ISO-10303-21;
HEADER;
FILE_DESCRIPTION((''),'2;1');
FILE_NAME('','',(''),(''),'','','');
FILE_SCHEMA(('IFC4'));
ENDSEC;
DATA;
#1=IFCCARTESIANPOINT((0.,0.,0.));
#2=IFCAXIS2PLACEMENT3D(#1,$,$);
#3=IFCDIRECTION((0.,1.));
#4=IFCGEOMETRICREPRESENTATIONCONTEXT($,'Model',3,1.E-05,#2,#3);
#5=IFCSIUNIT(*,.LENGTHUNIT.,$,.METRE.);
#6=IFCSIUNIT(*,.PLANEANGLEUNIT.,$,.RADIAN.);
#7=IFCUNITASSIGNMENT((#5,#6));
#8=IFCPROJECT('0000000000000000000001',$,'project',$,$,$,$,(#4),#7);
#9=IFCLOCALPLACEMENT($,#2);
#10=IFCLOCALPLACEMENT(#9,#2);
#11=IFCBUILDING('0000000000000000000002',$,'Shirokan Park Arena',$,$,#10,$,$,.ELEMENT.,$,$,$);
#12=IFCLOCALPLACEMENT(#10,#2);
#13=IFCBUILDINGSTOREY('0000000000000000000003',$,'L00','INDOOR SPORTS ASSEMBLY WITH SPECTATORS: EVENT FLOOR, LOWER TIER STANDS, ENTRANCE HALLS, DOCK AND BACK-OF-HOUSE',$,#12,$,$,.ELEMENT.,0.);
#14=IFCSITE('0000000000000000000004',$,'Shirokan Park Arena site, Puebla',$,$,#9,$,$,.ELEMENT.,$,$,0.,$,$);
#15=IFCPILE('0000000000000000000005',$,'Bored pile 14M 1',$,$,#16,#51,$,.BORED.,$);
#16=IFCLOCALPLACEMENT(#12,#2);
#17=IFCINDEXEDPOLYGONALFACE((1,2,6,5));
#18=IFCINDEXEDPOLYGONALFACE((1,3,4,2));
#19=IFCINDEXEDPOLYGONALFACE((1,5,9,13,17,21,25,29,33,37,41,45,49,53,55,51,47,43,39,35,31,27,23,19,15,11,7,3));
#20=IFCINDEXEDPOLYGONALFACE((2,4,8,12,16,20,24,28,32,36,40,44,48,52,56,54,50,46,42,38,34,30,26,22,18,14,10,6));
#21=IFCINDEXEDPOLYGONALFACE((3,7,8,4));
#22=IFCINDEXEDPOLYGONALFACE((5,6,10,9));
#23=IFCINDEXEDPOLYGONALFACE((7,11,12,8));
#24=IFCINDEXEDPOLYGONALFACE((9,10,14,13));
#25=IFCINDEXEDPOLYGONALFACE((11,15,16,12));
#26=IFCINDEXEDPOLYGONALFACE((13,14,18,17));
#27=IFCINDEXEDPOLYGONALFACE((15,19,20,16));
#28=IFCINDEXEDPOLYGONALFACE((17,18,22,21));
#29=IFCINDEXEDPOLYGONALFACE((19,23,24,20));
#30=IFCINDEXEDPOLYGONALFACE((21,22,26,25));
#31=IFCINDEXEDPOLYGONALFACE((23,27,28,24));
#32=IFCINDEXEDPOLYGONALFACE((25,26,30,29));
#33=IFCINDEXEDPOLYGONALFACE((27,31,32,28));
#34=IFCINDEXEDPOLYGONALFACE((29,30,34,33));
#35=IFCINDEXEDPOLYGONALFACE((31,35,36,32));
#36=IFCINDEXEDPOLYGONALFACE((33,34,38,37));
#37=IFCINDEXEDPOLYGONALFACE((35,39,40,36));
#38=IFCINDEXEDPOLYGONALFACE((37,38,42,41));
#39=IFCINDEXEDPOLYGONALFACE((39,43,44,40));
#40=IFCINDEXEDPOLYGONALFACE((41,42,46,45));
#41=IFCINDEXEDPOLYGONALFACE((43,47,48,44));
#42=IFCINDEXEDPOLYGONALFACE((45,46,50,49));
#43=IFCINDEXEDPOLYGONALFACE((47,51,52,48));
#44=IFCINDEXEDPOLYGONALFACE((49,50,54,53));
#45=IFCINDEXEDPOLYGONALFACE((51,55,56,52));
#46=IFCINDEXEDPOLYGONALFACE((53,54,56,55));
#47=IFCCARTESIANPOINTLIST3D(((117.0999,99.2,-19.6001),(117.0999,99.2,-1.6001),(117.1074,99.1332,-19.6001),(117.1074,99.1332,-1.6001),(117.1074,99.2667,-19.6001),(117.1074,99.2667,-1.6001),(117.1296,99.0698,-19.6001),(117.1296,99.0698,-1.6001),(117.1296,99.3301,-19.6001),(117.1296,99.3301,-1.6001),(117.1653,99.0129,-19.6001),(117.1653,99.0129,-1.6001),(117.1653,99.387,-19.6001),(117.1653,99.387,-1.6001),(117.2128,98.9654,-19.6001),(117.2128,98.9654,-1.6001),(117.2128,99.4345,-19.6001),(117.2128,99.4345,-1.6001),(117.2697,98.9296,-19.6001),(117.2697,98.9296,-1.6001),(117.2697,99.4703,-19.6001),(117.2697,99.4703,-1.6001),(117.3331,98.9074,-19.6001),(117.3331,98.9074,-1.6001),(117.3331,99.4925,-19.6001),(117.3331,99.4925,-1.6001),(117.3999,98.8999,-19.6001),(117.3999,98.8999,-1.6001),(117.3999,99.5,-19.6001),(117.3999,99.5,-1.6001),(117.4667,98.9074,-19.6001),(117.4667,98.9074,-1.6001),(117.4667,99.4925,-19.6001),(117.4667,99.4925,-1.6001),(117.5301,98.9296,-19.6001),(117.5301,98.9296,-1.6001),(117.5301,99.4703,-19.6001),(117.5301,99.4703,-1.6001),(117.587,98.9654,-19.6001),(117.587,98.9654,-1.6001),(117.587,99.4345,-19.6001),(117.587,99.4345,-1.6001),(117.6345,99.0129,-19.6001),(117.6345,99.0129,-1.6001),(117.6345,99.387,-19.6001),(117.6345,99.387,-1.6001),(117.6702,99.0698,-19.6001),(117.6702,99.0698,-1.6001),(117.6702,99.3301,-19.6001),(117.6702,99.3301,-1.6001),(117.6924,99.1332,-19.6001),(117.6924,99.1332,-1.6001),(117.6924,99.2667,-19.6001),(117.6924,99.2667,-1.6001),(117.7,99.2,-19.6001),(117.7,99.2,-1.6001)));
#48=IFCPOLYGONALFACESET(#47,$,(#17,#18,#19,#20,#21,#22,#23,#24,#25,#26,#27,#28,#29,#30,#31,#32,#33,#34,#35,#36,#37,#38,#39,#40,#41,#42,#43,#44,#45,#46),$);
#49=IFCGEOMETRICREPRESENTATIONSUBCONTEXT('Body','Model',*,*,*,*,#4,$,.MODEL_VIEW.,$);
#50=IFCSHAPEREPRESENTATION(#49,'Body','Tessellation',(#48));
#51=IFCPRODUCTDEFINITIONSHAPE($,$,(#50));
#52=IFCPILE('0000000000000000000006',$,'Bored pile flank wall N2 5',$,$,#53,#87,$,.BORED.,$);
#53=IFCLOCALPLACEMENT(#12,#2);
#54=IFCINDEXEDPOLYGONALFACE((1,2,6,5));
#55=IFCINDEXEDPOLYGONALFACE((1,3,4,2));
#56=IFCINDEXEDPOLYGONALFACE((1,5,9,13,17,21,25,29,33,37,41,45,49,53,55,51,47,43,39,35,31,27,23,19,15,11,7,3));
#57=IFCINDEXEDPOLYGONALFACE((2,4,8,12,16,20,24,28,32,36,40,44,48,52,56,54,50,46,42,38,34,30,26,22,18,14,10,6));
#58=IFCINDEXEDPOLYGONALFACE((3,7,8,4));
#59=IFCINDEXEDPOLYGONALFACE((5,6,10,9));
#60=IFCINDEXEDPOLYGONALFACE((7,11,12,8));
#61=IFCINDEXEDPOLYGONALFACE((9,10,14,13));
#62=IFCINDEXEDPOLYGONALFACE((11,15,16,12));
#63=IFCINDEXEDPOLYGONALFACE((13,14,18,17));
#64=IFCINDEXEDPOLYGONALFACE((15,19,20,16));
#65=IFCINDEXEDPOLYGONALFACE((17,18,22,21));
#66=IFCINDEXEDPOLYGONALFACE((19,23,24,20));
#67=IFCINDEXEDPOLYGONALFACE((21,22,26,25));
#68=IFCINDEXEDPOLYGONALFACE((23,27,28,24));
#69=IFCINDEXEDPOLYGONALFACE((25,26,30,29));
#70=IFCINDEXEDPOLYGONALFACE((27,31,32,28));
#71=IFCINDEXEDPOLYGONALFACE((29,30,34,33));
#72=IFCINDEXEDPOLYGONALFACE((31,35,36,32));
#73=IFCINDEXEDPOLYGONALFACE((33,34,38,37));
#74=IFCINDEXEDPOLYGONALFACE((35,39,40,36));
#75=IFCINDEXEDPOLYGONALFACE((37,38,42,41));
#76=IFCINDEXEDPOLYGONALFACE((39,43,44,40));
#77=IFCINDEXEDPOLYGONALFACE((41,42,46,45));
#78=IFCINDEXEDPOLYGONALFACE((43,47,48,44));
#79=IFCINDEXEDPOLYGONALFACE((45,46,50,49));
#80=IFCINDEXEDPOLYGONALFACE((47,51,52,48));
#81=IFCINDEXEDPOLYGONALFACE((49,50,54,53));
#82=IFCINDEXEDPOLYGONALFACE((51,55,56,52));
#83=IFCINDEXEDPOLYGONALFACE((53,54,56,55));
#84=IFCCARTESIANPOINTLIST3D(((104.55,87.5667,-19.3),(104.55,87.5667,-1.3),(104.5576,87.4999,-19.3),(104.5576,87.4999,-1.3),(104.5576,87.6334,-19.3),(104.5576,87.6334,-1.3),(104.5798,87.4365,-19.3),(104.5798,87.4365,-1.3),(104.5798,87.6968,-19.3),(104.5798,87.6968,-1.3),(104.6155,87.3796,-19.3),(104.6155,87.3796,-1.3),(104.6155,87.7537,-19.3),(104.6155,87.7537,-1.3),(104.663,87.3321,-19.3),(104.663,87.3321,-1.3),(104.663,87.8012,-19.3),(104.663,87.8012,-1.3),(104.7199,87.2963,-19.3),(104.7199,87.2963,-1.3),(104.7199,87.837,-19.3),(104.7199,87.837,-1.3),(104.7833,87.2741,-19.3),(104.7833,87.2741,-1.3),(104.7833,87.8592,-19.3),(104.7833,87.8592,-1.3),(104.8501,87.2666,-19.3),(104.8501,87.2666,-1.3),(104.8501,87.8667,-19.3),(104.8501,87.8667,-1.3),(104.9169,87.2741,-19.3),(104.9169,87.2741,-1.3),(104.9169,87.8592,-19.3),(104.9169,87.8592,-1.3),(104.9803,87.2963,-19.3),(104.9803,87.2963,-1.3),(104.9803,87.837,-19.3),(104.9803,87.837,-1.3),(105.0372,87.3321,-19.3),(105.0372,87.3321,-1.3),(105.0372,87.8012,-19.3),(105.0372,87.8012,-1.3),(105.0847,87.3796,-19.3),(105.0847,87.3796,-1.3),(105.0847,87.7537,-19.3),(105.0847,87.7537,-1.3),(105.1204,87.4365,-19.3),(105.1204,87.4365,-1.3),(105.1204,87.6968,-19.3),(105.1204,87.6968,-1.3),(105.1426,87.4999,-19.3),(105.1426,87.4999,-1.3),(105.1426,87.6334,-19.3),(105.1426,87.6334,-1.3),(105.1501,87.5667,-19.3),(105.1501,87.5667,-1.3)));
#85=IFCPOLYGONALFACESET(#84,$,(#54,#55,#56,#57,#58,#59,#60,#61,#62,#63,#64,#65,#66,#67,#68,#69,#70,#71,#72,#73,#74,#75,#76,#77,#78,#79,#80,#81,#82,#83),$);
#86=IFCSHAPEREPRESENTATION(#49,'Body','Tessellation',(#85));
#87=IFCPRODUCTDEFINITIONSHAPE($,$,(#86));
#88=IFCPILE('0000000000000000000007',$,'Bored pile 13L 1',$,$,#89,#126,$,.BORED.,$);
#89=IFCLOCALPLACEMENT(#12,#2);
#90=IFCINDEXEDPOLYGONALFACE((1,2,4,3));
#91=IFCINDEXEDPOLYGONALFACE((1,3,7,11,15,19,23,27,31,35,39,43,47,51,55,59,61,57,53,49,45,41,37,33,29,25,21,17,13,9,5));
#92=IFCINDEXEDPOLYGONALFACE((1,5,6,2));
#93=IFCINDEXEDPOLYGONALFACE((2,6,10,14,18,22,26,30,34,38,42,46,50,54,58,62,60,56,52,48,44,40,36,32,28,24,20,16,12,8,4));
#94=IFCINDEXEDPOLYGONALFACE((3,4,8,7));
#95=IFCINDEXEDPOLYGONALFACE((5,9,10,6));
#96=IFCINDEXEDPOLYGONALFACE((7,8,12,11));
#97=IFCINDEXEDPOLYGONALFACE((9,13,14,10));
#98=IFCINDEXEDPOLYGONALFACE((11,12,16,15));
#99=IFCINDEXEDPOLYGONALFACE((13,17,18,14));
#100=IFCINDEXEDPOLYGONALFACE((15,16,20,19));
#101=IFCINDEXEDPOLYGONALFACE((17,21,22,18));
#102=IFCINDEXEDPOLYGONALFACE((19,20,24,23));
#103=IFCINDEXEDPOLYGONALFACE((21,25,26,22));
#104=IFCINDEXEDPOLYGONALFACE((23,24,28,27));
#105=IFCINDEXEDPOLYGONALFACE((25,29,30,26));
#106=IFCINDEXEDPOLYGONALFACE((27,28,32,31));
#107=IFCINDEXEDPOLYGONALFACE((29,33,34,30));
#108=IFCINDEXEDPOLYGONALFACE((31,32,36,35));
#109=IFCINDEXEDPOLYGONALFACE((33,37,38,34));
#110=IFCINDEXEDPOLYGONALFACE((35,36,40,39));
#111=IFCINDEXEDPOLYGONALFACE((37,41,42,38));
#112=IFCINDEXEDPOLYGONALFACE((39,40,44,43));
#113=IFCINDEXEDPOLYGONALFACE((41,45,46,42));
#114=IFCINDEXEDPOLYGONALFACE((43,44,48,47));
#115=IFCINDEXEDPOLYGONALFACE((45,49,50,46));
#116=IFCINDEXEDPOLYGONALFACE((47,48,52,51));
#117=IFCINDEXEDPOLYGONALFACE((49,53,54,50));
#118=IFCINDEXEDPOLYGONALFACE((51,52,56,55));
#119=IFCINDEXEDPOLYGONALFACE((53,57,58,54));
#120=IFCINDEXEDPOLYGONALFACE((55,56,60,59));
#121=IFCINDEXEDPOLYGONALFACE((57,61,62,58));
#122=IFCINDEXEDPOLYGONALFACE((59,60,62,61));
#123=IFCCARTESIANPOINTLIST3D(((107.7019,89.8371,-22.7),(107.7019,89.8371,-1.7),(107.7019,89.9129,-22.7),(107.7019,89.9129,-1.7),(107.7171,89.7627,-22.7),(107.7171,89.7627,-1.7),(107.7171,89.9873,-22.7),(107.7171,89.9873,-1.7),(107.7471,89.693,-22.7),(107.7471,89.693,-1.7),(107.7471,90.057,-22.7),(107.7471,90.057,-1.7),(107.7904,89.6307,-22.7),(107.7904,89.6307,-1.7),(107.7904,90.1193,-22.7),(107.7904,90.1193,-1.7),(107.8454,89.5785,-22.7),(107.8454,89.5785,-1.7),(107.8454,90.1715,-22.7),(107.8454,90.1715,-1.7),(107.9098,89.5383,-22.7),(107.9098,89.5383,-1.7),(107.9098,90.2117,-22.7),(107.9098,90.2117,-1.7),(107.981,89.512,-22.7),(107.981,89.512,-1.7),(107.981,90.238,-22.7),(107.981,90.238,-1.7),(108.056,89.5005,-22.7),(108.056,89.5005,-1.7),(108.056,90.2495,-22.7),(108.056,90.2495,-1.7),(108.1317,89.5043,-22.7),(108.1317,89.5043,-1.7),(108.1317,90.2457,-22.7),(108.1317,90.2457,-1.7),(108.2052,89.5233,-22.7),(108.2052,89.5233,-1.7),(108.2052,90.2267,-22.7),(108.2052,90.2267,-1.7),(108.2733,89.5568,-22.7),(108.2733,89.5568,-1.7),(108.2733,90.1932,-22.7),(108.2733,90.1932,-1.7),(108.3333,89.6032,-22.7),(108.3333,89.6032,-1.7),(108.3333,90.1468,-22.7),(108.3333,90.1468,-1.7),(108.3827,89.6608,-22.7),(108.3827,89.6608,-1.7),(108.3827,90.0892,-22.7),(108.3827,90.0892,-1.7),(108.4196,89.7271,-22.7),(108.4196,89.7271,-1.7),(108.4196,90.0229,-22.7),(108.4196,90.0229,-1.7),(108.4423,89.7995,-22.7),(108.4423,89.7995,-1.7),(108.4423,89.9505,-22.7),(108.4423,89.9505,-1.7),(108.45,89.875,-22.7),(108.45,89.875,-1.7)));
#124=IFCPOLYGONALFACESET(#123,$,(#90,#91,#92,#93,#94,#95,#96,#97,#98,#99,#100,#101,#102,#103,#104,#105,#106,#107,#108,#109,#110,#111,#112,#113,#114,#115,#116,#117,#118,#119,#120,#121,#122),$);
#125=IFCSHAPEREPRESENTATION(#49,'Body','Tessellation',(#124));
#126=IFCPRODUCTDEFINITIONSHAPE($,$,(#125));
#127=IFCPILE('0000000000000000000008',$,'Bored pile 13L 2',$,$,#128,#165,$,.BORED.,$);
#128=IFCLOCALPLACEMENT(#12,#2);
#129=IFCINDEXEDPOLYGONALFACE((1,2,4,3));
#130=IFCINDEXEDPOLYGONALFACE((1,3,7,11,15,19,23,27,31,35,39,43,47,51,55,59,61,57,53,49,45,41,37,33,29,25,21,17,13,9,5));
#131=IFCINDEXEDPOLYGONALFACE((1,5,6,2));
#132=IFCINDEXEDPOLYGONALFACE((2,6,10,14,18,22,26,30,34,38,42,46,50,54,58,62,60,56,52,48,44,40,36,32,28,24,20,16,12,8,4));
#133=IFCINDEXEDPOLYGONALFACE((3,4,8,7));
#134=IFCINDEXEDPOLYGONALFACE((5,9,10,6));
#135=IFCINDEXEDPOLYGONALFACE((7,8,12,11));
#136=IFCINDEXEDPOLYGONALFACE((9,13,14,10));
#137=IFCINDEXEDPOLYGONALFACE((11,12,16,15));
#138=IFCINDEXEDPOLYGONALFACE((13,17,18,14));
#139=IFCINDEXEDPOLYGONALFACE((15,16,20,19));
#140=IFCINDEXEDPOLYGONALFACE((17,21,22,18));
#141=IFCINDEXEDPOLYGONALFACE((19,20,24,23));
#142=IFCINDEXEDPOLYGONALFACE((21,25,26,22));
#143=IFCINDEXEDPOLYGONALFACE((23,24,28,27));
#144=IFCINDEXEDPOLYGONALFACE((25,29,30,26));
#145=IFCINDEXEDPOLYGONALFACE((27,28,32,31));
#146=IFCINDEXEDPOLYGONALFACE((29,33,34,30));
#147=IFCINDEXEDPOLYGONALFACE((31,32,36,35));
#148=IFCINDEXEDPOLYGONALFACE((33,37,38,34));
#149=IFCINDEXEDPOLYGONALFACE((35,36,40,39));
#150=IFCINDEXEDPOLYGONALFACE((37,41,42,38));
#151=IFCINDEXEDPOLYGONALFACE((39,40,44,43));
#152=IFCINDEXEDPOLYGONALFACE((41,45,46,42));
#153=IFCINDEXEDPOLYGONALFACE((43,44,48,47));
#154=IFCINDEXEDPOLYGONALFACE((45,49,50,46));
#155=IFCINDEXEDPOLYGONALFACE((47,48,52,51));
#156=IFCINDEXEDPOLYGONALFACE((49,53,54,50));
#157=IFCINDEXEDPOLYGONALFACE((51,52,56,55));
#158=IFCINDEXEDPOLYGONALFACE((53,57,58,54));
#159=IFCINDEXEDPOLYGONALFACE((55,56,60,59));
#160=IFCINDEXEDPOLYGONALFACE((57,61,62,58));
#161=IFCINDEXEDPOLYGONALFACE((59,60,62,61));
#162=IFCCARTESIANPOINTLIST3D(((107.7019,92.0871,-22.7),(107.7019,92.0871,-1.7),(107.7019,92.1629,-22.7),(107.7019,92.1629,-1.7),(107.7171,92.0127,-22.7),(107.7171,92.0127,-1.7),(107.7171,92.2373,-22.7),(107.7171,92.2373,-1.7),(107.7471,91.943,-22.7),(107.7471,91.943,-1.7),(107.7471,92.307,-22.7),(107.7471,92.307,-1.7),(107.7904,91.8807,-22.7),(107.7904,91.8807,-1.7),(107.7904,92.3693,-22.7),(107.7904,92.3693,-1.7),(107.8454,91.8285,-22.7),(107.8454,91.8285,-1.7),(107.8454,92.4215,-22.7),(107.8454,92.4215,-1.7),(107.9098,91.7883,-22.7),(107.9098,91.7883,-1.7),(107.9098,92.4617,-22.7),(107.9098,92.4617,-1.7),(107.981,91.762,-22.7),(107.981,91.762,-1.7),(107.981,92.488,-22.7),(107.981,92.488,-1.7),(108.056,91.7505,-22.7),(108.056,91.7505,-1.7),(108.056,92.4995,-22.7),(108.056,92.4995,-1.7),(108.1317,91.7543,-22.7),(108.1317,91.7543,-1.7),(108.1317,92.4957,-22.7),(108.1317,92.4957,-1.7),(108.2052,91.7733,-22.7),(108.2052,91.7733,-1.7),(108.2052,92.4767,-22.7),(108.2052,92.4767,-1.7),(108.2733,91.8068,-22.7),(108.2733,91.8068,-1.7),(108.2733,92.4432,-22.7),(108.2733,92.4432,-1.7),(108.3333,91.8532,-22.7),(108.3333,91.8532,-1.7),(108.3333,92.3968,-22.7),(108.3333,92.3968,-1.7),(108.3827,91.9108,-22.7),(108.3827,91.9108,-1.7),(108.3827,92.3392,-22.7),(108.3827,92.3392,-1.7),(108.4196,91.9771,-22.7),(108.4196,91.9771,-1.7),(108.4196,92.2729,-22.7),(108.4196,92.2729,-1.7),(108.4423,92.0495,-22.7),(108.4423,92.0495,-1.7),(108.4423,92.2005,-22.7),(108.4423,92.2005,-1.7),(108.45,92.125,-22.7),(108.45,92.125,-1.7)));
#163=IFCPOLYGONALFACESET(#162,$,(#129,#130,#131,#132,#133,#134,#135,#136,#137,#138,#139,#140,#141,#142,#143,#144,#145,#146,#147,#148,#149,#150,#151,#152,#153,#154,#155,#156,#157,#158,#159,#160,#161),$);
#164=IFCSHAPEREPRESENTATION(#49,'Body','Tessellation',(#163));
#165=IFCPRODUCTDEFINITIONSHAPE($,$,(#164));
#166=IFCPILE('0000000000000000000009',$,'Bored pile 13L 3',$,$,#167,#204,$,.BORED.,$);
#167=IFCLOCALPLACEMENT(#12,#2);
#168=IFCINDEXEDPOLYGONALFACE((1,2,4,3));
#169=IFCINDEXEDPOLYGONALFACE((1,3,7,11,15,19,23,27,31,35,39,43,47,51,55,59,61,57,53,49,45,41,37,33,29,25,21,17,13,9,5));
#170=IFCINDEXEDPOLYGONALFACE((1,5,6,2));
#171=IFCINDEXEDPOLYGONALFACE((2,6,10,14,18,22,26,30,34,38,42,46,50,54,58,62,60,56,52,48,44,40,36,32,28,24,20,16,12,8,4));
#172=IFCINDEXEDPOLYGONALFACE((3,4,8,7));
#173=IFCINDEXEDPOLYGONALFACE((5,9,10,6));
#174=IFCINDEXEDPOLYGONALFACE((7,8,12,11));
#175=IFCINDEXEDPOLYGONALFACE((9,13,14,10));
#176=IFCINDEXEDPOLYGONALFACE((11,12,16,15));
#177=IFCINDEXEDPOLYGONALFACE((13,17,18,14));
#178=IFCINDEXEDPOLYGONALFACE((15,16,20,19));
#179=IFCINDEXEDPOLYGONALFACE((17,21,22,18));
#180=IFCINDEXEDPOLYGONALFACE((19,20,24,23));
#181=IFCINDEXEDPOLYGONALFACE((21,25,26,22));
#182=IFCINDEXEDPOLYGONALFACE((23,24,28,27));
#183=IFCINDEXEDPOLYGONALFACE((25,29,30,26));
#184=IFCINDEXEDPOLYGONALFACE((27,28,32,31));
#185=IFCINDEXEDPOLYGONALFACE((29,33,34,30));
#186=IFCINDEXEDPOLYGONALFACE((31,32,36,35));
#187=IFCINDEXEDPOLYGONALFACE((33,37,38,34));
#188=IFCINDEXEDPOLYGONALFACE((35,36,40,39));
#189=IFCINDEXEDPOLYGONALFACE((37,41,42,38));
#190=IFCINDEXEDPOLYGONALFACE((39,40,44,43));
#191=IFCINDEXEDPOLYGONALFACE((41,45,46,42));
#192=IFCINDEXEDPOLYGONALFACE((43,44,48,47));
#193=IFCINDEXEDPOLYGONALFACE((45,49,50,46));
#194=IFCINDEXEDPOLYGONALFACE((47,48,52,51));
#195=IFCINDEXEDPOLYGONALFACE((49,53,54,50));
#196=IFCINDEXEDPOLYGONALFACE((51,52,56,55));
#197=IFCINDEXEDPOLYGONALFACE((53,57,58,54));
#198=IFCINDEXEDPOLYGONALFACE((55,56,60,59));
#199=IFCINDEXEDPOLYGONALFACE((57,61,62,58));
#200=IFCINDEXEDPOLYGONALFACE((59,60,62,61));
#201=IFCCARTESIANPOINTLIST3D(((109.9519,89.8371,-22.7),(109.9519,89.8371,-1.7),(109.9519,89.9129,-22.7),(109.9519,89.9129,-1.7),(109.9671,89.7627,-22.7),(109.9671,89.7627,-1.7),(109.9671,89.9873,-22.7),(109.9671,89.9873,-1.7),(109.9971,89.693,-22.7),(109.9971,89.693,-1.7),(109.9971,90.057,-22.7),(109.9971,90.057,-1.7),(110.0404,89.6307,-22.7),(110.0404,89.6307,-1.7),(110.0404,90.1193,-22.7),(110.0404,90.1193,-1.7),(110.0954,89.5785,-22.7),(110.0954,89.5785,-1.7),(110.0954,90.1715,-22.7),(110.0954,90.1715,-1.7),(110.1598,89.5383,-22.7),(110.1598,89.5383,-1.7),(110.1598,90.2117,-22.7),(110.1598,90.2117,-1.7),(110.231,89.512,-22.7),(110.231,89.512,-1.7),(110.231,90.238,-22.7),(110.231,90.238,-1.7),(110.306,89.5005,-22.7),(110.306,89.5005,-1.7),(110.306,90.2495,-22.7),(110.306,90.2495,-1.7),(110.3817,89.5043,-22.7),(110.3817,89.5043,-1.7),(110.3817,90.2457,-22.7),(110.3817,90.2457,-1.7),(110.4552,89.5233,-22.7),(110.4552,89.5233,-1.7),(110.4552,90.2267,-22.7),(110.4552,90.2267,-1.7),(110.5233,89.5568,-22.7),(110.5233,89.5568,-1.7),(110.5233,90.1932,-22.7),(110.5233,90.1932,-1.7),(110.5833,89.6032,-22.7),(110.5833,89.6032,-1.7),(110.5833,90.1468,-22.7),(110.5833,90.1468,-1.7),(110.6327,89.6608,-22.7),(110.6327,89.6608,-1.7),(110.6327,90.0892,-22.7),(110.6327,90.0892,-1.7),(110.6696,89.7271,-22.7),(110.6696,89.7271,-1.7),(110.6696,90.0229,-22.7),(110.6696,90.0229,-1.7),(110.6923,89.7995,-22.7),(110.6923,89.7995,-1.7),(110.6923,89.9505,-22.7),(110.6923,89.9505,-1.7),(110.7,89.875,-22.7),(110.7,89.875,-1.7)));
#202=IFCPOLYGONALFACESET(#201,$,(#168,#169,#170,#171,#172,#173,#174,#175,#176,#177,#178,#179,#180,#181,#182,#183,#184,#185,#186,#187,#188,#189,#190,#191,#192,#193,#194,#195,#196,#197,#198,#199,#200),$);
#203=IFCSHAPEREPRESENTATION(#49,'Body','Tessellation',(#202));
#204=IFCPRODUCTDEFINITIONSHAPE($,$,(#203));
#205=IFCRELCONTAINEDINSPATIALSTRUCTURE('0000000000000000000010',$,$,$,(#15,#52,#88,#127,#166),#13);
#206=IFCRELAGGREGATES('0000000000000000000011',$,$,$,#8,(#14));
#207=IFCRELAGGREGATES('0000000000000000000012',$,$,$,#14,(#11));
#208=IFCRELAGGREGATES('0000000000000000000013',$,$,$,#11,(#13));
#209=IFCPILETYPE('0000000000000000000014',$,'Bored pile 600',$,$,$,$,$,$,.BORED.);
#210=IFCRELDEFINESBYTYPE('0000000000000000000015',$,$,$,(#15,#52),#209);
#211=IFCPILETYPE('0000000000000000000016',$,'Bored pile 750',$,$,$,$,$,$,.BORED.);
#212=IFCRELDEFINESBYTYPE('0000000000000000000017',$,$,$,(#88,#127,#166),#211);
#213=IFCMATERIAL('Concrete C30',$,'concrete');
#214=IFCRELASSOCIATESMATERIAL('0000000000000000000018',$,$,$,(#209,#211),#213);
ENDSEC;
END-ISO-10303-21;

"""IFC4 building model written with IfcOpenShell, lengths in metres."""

from ifc_helpers import new_model, si_unit, direction, frame, origin, origin_2d, place, context, subcontext, project, spatial, circle, extrude, material, material_profile, profile_set, type_object, element, save


model = new_model("IFC4")

# Units and contexts
model_context = context("Model", 3, precision=1e-05, world=origin(), true_north=direction((0.0, 1.0)))
body_context = subcontext(model_context, "Body", "Model", "MODEL_VIEW")
ifc_project = project(units=[si_unit("LENGTHUNIT", "METRE"), si_unit("PLANEANGLEUNIT", "RADIAN")], contexts=[model_context])

# Site, building, storey
site_placement = place(None, origin())
site = spatial("IfcSite", under=ifc_project, at=site_placement, Name="Shirokan Park Arena site, Puebla", CompositionType="ELEMENT", RefElevation=0.0)
building_placement = place(site_placement, origin())
building = spatial("IfcBuilding", under=site, at=building_placement, Name="Shirokan Park Arena", CompositionType="ELEMENT")
storey_placement = place(building_placement, origin())
storey = spatial("IfcBuildingStorey", under=building, at=storey_placement, Name="L00", Description="INDOOR SPORTS ASSEMBLY WITH SPECTATORS: EVENT FLOOR, LOWER TIER STANDS, ENTRANCE HALLS, DOCK AND BACK-OF-HOUSE", CompositionType="ELEMENT", Elevation=0.0)

# Piles
ifc_material_1 = material(Name="Concrete C30", Category="concrete")
ifc_material_profile_1 = material_profile(ifc_material_1, circle(Radius=0.3, at=origin_2d()), Name="D600")
ifc_profile_set_1 = profile_set([ifc_material_profile_1], Name="Concrete C30")
pile_type_1 = type_object("IfcPileType", Name="Bored pile 600", PredefinedType="BORED", material=ifc_profile_set_1)
for number, where, z_axis, x_axis, name in (
    (1, (117.3999, 99.2, -1.6001), (0.0, 0.0, -1.0), (1.0, 0.0, 0.0), "Bored pile 14M 1"),
    (2, (104.8501, 87.5667, -1.3), (0.0, 0.0, -1.0), (1.0, 0.0, 0.0), "Bored pile flank wall N2 5"),
):
    element("IfcPile", number, at=place(storey_placement, frame(where, z_axis=z_axis, x_axis=x_axis)), inside=storey, type_object=pile_type_1, Name=name, PredefinedType="BORED", context=body_context, shape_type="SweptSolid", body=[
        extrude(circle(Radius=0.3, at=origin_2d()), origin(), (0.0, 0.0, 1.0), 18.0),
    ])
ifc_material_profile_2 = material_profile(ifc_material_1, circle(Radius=0.375, at=origin_2d()), Name="D750")
ifc_profile_set_2 = profile_set([ifc_material_profile_2], Name="Concrete C30")
pile_type_2 = type_object("IfcPileType", Name="Bored pile 750", PredefinedType="BORED", material=ifc_profile_set_2)
for number, where, z_axis, x_axis, name in (
    (3, (108.075, 89.875, -1.7), (0.0, 0.0, -1.0), (1.0, 0.0, 0.0), "Bored pile 13L 1"),
    (4, (108.075, 92.125, -1.7), (0.0, 0.0, -1.0), (1.0, 0.0, 0.0), "Bored pile 13L 2"),
    (5, (110.325, 89.875, -1.7), (0.0, 0.0, -1.0), (1.0, 0.0, 0.0), "Bored pile 13L 3"),
):
    element("IfcPile", number, at=place(storey_placement, frame(where, z_axis=z_axis, x_axis=x_axis)), inside=storey, type_object=pile_type_2, Name=name, PredefinedType="BORED", context=body_context, shape_type="SweptSolid", body=[
        extrude(circle(Radius=0.375, at=origin_2d()), origin(), (0.0, 0.0, 1.0), 21.0),
    ])

save(model, "model.ifc")
